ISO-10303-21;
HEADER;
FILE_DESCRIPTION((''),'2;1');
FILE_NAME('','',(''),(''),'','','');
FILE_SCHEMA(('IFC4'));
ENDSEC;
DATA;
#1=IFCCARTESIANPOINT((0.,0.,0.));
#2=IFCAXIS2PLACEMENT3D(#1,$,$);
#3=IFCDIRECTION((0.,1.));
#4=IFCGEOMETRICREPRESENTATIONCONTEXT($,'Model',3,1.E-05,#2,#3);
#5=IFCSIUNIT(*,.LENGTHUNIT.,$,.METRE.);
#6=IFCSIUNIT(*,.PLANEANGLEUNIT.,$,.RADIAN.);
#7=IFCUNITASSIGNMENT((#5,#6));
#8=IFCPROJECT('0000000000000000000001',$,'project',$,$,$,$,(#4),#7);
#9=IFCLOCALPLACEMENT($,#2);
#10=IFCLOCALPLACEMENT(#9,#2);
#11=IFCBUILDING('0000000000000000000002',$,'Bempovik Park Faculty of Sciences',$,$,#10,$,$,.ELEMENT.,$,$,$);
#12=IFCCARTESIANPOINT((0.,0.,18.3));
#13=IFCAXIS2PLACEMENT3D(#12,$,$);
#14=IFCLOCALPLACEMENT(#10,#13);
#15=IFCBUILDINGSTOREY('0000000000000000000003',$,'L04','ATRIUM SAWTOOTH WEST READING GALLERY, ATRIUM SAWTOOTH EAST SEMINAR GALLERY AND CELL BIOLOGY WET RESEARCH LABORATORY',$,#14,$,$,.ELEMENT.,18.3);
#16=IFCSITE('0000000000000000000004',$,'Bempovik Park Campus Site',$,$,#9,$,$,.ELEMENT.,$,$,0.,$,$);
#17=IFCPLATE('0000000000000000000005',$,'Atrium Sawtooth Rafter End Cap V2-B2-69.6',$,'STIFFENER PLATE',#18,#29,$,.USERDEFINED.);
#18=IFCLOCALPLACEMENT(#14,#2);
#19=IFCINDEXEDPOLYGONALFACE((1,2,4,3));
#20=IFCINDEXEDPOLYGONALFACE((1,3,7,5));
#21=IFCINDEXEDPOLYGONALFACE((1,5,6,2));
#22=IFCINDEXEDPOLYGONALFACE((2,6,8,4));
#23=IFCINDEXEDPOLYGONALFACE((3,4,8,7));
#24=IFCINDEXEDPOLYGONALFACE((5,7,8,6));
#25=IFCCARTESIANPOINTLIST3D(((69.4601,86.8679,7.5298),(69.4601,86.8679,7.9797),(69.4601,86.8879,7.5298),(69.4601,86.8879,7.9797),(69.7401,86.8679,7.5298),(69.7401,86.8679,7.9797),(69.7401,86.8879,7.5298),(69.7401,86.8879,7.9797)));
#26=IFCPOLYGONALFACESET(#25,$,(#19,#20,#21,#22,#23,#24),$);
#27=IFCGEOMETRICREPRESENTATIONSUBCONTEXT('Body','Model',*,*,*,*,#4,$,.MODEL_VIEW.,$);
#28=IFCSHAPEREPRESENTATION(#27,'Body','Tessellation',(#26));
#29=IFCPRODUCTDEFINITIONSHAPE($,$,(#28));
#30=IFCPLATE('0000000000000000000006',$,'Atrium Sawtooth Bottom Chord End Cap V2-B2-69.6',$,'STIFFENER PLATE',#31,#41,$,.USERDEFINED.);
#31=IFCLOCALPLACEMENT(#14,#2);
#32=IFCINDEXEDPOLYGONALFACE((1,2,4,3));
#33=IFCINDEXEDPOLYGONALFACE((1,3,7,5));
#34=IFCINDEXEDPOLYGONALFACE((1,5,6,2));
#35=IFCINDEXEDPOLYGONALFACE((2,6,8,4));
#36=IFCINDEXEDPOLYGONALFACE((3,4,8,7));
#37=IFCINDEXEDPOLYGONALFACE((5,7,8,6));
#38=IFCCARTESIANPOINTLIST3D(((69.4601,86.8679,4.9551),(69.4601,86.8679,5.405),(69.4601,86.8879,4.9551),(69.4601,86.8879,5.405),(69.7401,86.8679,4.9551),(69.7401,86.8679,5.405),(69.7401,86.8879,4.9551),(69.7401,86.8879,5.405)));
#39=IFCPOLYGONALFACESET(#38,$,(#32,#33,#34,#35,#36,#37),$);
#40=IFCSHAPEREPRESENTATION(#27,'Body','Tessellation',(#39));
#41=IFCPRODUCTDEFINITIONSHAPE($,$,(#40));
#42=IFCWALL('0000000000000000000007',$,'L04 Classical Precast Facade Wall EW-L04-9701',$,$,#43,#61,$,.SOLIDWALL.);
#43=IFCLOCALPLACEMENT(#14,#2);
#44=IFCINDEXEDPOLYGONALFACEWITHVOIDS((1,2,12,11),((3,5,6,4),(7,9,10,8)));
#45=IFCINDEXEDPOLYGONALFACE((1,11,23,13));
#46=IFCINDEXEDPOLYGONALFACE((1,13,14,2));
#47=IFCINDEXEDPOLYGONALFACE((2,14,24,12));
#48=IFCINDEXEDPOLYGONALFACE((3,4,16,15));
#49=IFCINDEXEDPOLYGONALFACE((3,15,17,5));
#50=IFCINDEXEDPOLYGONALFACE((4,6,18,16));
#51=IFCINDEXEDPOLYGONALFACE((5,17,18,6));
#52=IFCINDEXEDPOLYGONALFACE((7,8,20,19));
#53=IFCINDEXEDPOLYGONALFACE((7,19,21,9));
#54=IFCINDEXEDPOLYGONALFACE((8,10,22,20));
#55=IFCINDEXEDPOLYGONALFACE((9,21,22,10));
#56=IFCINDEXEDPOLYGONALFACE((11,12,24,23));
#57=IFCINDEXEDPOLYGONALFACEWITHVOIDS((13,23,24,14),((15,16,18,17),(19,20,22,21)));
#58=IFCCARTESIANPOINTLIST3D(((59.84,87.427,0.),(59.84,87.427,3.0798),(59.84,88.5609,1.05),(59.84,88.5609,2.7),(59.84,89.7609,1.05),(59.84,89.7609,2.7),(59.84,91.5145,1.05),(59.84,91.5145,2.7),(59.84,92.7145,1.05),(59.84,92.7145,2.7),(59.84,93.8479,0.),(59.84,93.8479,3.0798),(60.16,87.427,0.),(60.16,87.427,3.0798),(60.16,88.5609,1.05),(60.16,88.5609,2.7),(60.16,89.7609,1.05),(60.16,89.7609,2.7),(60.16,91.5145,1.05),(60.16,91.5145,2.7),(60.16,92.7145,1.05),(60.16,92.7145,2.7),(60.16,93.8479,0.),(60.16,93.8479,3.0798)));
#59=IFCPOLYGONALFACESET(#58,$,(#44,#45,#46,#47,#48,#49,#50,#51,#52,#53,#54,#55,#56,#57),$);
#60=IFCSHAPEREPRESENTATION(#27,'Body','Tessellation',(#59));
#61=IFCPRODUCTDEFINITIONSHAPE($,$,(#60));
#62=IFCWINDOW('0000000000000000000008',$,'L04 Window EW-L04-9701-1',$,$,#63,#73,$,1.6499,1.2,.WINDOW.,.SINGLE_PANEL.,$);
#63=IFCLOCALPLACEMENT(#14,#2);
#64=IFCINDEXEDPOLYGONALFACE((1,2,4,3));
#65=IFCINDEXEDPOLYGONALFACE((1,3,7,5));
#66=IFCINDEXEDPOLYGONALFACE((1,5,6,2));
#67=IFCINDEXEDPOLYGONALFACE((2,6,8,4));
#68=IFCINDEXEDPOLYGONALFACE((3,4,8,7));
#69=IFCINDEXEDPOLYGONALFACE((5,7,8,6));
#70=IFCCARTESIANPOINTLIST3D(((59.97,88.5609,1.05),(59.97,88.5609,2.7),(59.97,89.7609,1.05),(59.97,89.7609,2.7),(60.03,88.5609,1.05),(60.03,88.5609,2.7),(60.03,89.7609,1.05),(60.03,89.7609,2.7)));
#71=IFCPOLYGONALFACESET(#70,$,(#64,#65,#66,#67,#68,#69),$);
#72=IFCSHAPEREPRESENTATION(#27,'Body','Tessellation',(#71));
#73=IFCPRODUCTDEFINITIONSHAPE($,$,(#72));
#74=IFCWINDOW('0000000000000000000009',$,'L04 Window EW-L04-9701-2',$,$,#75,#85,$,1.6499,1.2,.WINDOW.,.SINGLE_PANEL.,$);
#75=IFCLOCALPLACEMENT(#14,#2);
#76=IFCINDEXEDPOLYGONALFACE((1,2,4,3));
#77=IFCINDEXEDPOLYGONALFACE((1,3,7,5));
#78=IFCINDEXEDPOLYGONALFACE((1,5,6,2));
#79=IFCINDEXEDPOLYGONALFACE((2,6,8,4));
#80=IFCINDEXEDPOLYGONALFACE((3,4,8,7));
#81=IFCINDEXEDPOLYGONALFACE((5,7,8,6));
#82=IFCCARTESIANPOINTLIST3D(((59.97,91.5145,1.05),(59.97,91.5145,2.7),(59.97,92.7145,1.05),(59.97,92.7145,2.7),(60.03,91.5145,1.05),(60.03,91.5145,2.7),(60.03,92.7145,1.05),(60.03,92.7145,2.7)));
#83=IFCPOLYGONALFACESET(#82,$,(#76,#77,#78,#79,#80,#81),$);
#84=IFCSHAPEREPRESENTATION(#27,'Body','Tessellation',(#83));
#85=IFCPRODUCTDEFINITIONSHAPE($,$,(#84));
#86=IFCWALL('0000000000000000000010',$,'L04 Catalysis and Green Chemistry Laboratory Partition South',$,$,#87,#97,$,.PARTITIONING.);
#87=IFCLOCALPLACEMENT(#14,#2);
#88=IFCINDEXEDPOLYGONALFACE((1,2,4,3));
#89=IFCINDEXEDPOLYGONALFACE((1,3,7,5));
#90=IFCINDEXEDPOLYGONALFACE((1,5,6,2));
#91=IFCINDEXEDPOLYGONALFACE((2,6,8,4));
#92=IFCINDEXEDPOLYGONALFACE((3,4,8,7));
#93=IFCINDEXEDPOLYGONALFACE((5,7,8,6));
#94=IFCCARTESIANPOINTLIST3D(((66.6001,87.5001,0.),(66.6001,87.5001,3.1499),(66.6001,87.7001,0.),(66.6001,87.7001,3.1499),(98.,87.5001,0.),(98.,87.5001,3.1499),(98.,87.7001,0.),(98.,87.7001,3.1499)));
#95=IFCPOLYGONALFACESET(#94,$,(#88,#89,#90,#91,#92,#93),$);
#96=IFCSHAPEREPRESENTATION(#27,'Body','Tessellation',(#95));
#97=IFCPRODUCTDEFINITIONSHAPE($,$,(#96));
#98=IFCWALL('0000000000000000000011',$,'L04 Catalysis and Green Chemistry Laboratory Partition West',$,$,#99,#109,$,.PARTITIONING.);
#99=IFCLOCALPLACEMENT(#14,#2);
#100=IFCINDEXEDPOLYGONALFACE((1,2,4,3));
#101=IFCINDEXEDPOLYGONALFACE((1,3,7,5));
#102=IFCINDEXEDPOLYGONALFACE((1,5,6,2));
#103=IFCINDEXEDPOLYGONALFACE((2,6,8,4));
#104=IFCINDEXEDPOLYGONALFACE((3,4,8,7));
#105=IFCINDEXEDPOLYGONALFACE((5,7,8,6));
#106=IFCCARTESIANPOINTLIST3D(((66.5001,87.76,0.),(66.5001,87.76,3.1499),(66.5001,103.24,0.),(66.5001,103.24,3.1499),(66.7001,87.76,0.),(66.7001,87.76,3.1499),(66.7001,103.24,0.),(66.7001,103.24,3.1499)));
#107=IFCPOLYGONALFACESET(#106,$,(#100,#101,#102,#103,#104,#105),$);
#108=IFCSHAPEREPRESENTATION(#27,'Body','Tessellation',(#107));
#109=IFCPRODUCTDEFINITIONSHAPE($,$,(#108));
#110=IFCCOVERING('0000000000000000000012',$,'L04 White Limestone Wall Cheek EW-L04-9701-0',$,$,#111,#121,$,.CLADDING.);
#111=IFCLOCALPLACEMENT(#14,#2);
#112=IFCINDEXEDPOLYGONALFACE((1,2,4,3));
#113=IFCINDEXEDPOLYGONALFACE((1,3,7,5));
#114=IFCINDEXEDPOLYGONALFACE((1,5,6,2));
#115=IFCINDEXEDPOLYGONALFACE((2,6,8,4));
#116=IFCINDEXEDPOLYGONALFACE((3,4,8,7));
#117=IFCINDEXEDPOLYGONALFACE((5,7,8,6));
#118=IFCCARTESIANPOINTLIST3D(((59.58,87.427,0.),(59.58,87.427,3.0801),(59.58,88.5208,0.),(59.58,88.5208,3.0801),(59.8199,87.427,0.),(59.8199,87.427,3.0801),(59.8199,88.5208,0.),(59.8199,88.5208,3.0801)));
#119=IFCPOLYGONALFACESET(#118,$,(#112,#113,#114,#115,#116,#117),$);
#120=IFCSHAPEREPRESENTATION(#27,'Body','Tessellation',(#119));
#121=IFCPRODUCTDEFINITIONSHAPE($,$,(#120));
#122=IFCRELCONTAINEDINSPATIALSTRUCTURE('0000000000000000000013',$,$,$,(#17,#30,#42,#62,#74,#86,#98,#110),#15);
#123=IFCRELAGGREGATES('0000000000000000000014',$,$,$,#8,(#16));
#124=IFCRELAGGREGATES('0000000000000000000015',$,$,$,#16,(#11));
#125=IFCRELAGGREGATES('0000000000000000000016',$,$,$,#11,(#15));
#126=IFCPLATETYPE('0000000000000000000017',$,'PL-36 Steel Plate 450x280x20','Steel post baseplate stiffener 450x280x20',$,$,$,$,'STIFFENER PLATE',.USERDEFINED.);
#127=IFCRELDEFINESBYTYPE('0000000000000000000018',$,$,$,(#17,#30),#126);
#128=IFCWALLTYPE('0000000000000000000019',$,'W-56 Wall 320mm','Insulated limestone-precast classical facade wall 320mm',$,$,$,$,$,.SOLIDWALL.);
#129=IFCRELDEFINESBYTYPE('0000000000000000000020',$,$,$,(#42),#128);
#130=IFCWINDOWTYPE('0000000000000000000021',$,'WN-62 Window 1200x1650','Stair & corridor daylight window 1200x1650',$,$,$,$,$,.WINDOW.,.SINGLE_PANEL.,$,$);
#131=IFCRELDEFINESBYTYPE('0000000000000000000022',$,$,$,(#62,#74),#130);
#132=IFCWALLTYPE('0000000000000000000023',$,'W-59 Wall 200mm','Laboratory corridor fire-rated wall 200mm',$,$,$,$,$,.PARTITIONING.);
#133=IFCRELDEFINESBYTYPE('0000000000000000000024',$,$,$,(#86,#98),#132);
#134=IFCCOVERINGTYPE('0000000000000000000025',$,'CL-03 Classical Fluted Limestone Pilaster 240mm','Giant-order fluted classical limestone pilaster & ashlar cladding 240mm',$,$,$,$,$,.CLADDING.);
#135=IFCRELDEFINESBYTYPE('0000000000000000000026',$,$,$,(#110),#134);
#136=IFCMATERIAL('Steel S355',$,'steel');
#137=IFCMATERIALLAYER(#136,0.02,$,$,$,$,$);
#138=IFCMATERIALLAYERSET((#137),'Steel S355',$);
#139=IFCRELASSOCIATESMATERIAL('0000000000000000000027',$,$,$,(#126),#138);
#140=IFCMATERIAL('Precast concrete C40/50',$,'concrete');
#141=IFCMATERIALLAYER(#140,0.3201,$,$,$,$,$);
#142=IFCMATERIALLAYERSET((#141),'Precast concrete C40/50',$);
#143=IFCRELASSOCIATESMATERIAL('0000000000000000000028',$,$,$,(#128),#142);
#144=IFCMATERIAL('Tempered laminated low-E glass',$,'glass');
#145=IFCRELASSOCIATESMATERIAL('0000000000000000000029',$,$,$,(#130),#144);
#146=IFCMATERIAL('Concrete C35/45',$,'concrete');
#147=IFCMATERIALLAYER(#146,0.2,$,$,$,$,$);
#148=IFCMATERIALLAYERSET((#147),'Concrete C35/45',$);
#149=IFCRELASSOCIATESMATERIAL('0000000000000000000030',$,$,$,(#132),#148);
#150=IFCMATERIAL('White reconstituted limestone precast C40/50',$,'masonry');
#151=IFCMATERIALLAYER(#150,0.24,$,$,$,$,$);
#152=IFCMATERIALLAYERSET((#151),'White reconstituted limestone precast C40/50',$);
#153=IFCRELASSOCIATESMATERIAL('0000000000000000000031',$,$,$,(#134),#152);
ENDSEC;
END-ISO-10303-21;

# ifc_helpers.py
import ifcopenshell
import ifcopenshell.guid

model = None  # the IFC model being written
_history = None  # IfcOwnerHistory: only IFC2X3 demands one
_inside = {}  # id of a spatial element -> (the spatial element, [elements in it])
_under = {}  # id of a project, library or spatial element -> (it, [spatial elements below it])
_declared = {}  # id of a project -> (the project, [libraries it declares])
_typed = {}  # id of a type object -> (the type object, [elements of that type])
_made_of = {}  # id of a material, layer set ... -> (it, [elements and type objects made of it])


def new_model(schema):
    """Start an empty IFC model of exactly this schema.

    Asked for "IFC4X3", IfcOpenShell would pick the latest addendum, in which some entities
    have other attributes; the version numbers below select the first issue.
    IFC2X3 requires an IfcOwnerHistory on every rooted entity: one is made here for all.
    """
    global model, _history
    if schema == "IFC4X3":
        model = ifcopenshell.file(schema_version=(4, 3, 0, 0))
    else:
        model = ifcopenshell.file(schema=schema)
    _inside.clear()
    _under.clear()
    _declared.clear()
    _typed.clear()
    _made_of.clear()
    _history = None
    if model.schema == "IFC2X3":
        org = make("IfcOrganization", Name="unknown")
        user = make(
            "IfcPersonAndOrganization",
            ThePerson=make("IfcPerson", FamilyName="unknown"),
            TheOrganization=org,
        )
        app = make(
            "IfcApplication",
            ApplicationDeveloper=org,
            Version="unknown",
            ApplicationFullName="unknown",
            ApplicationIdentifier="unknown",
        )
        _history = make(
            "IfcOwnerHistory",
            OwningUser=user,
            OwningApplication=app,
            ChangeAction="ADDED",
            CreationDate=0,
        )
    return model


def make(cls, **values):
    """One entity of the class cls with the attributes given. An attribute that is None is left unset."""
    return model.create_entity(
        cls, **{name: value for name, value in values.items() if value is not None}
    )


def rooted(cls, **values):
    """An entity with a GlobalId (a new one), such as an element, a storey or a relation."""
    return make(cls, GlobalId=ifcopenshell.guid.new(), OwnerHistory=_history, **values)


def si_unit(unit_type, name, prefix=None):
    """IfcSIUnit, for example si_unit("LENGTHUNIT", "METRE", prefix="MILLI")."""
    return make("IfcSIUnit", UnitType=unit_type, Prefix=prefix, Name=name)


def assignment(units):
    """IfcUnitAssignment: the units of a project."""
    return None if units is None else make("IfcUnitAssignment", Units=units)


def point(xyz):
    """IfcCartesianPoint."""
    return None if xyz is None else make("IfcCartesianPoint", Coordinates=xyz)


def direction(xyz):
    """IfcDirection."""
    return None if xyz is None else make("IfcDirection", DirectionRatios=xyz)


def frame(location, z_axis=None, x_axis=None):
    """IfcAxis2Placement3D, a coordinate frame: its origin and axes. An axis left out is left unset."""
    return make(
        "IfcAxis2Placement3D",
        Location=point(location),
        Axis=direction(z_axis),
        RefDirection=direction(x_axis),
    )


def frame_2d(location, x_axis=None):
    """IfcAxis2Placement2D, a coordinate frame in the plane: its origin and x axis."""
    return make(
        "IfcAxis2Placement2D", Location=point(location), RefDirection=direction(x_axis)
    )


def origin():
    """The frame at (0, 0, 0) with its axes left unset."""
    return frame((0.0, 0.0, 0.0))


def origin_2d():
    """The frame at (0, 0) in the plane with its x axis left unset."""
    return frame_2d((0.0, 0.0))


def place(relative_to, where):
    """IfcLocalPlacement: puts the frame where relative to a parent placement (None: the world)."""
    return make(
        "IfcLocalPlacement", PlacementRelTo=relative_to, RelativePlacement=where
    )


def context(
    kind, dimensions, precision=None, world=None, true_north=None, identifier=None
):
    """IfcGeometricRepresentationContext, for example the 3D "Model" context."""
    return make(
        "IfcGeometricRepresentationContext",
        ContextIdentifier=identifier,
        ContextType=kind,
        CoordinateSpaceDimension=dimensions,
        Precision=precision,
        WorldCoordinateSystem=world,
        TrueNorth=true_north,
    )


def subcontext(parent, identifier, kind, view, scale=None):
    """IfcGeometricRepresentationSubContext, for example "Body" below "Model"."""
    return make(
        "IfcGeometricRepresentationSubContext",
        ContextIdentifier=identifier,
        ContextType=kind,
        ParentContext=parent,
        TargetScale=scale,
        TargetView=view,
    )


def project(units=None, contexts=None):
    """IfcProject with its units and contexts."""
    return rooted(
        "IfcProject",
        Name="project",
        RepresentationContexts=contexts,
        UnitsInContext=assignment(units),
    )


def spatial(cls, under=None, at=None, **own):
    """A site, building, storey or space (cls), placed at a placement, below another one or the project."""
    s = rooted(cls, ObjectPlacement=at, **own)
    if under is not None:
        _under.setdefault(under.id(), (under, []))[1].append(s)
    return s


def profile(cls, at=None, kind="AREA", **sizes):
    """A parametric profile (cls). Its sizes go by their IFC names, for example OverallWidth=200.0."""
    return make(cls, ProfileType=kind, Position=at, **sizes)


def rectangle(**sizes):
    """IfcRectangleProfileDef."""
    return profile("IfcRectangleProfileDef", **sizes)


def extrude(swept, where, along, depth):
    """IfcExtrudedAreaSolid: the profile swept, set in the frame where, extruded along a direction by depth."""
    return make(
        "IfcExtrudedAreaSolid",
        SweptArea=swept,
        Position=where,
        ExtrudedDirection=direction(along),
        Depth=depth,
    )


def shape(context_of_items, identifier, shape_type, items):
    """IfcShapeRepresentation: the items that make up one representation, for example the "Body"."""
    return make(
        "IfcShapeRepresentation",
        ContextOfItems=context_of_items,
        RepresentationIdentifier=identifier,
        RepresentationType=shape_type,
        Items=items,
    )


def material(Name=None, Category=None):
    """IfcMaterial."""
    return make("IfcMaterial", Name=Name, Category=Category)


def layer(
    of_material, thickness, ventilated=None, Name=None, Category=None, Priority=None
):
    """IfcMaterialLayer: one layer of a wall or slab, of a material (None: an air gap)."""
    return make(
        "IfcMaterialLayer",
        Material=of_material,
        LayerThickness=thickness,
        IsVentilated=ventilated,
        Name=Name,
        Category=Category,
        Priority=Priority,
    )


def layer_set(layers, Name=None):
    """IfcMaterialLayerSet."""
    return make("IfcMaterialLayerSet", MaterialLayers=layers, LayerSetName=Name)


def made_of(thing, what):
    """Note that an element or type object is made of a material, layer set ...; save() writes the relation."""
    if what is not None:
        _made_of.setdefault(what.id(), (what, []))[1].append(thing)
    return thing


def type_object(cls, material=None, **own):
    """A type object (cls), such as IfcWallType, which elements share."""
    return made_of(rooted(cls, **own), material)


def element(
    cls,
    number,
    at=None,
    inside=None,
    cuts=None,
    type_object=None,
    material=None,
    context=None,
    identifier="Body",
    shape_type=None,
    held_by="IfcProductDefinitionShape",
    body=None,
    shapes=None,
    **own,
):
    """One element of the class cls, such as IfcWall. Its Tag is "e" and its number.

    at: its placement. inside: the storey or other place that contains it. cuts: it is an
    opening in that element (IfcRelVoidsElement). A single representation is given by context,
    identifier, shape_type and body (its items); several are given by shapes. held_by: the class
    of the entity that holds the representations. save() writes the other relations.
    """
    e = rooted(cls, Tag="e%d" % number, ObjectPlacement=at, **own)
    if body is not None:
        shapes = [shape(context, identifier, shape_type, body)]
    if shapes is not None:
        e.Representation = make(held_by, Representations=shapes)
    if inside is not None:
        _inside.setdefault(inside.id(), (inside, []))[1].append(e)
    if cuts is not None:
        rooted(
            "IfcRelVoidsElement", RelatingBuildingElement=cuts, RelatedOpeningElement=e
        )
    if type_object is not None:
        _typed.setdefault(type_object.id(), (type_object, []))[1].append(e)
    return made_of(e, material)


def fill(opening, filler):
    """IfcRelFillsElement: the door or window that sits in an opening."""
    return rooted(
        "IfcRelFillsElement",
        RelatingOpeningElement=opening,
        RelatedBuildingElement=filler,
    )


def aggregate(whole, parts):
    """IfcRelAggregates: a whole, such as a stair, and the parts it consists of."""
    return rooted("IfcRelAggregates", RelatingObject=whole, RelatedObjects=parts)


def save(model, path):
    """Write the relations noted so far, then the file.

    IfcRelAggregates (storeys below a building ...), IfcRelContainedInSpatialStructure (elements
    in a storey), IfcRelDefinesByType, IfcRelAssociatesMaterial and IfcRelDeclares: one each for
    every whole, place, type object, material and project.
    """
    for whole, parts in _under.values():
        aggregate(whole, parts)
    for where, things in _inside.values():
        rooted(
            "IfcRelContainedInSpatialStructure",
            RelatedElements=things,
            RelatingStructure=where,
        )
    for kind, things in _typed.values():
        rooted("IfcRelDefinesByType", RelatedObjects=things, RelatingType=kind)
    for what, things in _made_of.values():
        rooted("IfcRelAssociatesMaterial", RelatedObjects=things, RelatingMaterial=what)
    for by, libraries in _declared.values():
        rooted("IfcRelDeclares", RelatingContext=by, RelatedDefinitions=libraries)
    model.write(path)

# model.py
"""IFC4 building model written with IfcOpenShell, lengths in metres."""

from ifc_helpers import new_model, si_unit, direction, frame, frame_2d, origin, origin_2d, place, context, subcontext, project, spatial, rectangle, extrude, material, layer, layer_set, type_object, element, fill, save


model = new_model("IFC4")

# Units and contexts
model_context = context("Model", 3, precision=1e-05, world=origin(), true_north=direction((0.0, 1.0)))
body_context = subcontext(model_context, "Body", "Model", "MODEL_VIEW")
ifc_project = project(units=[si_unit("LENGTHUNIT", "METRE"), si_unit("PLANEANGLEUNIT", "RADIAN")], contexts=[model_context])

# Site, building, storey
site_placement = place(None, origin())
site = spatial("IfcSite", under=ifc_project, at=site_placement, Name="Bempovik Park Campus Site", CompositionType="ELEMENT", RefElevation=0.0)
building_placement = place(site_placement, origin())
building = spatial("IfcBuilding", under=site, at=building_placement, Name="Bempovik Park Faculty of Sciences", CompositionType="ELEMENT")
storey_placement = place(building_placement, frame((0.0, 0.0, 18.3)))
storey = spatial("IfcBuildingStorey", under=building, at=storey_placement, Name="L04", Description="ATRIUM SAWTOOTH WEST READING GALLERY, ATRIUM SAWTOOTH EAST SEMINAR GALLERY AND CELL BIOLOGY WET RESEARCH LABORATORY", CompositionType="ELEMENT", Elevation=18.3)

# Shared definitions
ifc_material_1 = material(Name="Concrete C35/45", Category="concrete")

# Shared definitions
ifc_material_2 = material(Name="Steel S355", Category="steel")

# Shared definitions
ifc_material_3 = material(Name="Tempered laminated low-E glass", Category="glass")

# Plates
ifc_layer_1 = layer(ifc_material_2, 0.02)
ifc_layer_set_1 = layer_set([ifc_layer_1], Name="Steel S355")
plate_type_1 = type_object("IfcPlateType", Name="PL-36 Steel Plate 450x280x20", Description="Steel post baseplate stiffener 450x280x20", ElementType="STIFFENER PLATE", PredefinedType="USERDEFINED", material=ifc_layer_set_1)
for number, where, z_axis, x_axis, name in (
    (1, (69.6001, 86.8779, 7.5298), (0.0, 0.0, 1.0), (1.0, 0.0, 0.0), "Atrium Sawtooth Rafter End Cap V2-B2-69.6"),
    (2, (69.6001, 86.8779, 4.9551), (0.0, 0.0, 1.0), (1.0, 0.0, 0.0), "Atrium Sawtooth Bottom Chord End Cap V2-B2-69.6"),
):
    element("IfcPlate", number, at=place(storey_placement, frame(where, z_axis=z_axis, x_axis=x_axis)), inside=storey, type_object=plate_type_1, Name=name, ObjectType="STIFFENER PLATE", PredefinedType="USERDEFINED", context=body_context, shape_type="SweptSolid", body=[
        extrude(rectangle(XDim=0.28, YDim=0.02, at=origin_2d()), origin(), (0.0, 0.0, 1.0), 0.45),
    ])

# Wall, openings, windows
ifc_material_4 = material(Name="Precast concrete C40/50", Category="concrete")
ifc_layer_2 = layer(ifc_material_4, 0.3201)
ifc_layer_set_2 = layer_set([ifc_layer_2], Name="Precast concrete C40/50")
wall_type_1 = type_object("IfcWallType", Name="W-56 Wall 320mm", Description="Insulated limestone-precast classical facade wall 320mm", PredefinedType="SOLIDWALL", material=ifc_layer_set_2)
wall_1_placement = place(storey_placement, frame((60.0, 87.427, 0.0), z_axis=(0.0, 0.0, 1.0), x_axis=(0.0, 1.0, 0.0)))
wall_1 = element("IfcWall", 3, at=wall_1_placement, inside=storey, type_object=wall_type_1, Name="L04 Classical Precast Facade Wall EW-L04-9701", PredefinedType="SOLIDWALL", context=body_context, shape_type="SweptSolid", body=[
    extrude(rectangle(XDim=6.4209, YDim=0.3201, at=frame_2d((3.2104, 0.0))), origin(), (0.0, 0.0, 1.0), 3.0798),
])
opening_1_placement = place(wall_1_placement, frame((1.1338, 0.0, 1.05)))
opening_1 = element("IfcOpeningElement", 4, at=opening_1_placement, cuts=wall_1, PredefinedType="OPENING", context=body_context, shape_type="SweptSolid", body=[
    extrude(rectangle(XDim=1.2, YDim=1.6499, at=frame_2d((0.6001, 0.825))), frame((0.0, 0.1699, 0.0), z_axis=(0.0, -1.0, 0.0), x_axis=(1.0, 0.0, 0.0)), (0.0, 0.0, 1.0), 0.3401),
])
opening_2_placement = place(wall_1_placement, frame((4.0874, 0.0, 1.05)))
opening_2 = element("IfcOpeningElement", 5, at=opening_2_placement, cuts=wall_1, PredefinedType="OPENING", context=body_context, shape_type="SweptSolid", body=[
    extrude(rectangle(XDim=1.2, YDim=1.6499, at=frame_2d((0.6001, 0.825))), frame((0.0, 0.1699, 0.0), z_axis=(0.0, -1.0, 0.0), x_axis=(1.0, 0.0, 0.0)), (0.0, 0.0, 1.0), 0.3401),
])
window_type = type_object("IfcWindowType", Name="WN-62 Window 1200x1650", Description="Stair & corridor daylight window 1200x1650", PartitioningType="SINGLE_PANEL", PredefinedType="WINDOW", material=ifc_material_3)
window_1_placement = place(opening_1_placement, origin())
window_1 = element("IfcWindow", 6, at=window_1_placement, inside=storey, type_object=window_type, Name="L04 Window EW-L04-9701-1", OverallHeight=1.6499, OverallWidth=1.2, PartitioningType="SINGLE_PANEL", PredefinedType="WINDOW", context=body_context, shape_type="SweptSolid", body=[
    extrude(rectangle(XDim=1.2, YDim=1.6499, at=frame_2d((0.6001, 0.825))), frame((0.0, 0.03, 0.0), z_axis=(0.0, -1.0, 0.0), x_axis=(1.0, 0.0, 0.0)), (0.0, 0.0, 1.0), 0.0601),
])
fill(opening_1, window_1)
window_2_placement = place(opening_2_placement, origin())
window_2 = element("IfcWindow", 7, at=window_2_placement, inside=storey, type_object=window_type, Name="L04 Window EW-L04-9701-2", OverallHeight=1.6499, OverallWidth=1.2, PartitioningType="SINGLE_PANEL", PredefinedType="WINDOW", context=body_context, shape_type="SweptSolid", body=[
    extrude(rectangle(XDim=1.2, YDim=1.6499, at=frame_2d((0.6001, 0.825))), frame((0.0, 0.03, 0.0), z_axis=(0.0, -1.0, 0.0), x_axis=(1.0, 0.0, 0.0)), (0.0, 0.0, 1.0), 0.0601),
])
fill(opening_2, window_2)

# Walls
ifc_layer_3 = layer(ifc_material_1, 0.2)
ifc_layer_set_3 = layer_set([ifc_layer_3], Name="Concrete C35/45")
wall_type_2 = type_object("IfcWallType", Name="W-59 Wall 200mm", Description="Laboratory corridor fire-rated wall 200mm", PredefinedType="PARTITIONING", material=ifc_layer_set_3)
wall_2_placement = place(storey_placement, frame((66.6001, 87.6001, 0.0), z_axis=(0.0, 0.0, 1.0), x_axis=(1.0, 0.0, 0.0)))
element("IfcWall", 8, at=wall_2_placement, inside=storey, type_object=wall_type_2, Name="L04 Catalysis and Green Chemistry Laboratory Partition South", PredefinedType="PARTITIONING", context=body_context, shape_type="SweptSolid", body=[
    extrude(rectangle(XDim=31.3999, YDim=0.2, at=frame_2d((15.7, 0.0))), origin(), (0.0, 0.0, 1.0), 3.1499),
])
wall_3_placement = place(storey_placement, frame((66.6001, 87.76, 0.0), z_axis=(0.0, 0.0, 1.0), x_axis=(0.0, 1.0, 0.0)))
element("IfcWall", 9, at=wall_3_placement, inside=storey, type_object=wall_type_2, Name="L04 Catalysis and Green Chemistry Laboratory Partition West", PredefinedType="PARTITIONING", context=body_context, shape_type="SweptSolid", body=[
    extrude(rectangle(XDim=15.48, YDim=0.2, at=frame_2d((7.74, 0.0))), origin(), (0.0, 0.0, 1.0), 3.1499),
])

# Covering
ifc_material_5 = material(Name="White reconstituted limestone precast C40/50", Category="masonry")
ifc_layer_4 = layer(ifc_material_5, 0.24)
ifc_layer_set_4 = layer_set([ifc_layer_4], Name="White reconstituted limestone precast C40/50")
covering_type = type_object("IfcCoveringType", Name="CL-03 Classical Fluted Limestone Pilaster 240mm", Description="Giant-order fluted classical limestone pilaster & ashlar cladding 240mm", PredefinedType="CLADDING", material=ifc_layer_set_4)
covering_placement = place(storey_placement, frame((59.7, 87.9739, 0.0), z_axis=(0.0, 0.0, 1.0), x_axis=(1.0, 0.0, 0.0)))
element("IfcCovering", 10, at=covering_placement, inside=storey, type_object=covering_type, Name="L04 White Limestone Wall Cheek EW-L04-9701-0", PredefinedType="CLADDING", context=body_context, shape_type="SweptSolid", body=[
    extrude(rectangle(XDim=0.24, YDim=1.0938, at=origin_2d()), origin(), (0.0, 0.0, 1.0), 3.0801),
])

save(model, "model.ifc")
